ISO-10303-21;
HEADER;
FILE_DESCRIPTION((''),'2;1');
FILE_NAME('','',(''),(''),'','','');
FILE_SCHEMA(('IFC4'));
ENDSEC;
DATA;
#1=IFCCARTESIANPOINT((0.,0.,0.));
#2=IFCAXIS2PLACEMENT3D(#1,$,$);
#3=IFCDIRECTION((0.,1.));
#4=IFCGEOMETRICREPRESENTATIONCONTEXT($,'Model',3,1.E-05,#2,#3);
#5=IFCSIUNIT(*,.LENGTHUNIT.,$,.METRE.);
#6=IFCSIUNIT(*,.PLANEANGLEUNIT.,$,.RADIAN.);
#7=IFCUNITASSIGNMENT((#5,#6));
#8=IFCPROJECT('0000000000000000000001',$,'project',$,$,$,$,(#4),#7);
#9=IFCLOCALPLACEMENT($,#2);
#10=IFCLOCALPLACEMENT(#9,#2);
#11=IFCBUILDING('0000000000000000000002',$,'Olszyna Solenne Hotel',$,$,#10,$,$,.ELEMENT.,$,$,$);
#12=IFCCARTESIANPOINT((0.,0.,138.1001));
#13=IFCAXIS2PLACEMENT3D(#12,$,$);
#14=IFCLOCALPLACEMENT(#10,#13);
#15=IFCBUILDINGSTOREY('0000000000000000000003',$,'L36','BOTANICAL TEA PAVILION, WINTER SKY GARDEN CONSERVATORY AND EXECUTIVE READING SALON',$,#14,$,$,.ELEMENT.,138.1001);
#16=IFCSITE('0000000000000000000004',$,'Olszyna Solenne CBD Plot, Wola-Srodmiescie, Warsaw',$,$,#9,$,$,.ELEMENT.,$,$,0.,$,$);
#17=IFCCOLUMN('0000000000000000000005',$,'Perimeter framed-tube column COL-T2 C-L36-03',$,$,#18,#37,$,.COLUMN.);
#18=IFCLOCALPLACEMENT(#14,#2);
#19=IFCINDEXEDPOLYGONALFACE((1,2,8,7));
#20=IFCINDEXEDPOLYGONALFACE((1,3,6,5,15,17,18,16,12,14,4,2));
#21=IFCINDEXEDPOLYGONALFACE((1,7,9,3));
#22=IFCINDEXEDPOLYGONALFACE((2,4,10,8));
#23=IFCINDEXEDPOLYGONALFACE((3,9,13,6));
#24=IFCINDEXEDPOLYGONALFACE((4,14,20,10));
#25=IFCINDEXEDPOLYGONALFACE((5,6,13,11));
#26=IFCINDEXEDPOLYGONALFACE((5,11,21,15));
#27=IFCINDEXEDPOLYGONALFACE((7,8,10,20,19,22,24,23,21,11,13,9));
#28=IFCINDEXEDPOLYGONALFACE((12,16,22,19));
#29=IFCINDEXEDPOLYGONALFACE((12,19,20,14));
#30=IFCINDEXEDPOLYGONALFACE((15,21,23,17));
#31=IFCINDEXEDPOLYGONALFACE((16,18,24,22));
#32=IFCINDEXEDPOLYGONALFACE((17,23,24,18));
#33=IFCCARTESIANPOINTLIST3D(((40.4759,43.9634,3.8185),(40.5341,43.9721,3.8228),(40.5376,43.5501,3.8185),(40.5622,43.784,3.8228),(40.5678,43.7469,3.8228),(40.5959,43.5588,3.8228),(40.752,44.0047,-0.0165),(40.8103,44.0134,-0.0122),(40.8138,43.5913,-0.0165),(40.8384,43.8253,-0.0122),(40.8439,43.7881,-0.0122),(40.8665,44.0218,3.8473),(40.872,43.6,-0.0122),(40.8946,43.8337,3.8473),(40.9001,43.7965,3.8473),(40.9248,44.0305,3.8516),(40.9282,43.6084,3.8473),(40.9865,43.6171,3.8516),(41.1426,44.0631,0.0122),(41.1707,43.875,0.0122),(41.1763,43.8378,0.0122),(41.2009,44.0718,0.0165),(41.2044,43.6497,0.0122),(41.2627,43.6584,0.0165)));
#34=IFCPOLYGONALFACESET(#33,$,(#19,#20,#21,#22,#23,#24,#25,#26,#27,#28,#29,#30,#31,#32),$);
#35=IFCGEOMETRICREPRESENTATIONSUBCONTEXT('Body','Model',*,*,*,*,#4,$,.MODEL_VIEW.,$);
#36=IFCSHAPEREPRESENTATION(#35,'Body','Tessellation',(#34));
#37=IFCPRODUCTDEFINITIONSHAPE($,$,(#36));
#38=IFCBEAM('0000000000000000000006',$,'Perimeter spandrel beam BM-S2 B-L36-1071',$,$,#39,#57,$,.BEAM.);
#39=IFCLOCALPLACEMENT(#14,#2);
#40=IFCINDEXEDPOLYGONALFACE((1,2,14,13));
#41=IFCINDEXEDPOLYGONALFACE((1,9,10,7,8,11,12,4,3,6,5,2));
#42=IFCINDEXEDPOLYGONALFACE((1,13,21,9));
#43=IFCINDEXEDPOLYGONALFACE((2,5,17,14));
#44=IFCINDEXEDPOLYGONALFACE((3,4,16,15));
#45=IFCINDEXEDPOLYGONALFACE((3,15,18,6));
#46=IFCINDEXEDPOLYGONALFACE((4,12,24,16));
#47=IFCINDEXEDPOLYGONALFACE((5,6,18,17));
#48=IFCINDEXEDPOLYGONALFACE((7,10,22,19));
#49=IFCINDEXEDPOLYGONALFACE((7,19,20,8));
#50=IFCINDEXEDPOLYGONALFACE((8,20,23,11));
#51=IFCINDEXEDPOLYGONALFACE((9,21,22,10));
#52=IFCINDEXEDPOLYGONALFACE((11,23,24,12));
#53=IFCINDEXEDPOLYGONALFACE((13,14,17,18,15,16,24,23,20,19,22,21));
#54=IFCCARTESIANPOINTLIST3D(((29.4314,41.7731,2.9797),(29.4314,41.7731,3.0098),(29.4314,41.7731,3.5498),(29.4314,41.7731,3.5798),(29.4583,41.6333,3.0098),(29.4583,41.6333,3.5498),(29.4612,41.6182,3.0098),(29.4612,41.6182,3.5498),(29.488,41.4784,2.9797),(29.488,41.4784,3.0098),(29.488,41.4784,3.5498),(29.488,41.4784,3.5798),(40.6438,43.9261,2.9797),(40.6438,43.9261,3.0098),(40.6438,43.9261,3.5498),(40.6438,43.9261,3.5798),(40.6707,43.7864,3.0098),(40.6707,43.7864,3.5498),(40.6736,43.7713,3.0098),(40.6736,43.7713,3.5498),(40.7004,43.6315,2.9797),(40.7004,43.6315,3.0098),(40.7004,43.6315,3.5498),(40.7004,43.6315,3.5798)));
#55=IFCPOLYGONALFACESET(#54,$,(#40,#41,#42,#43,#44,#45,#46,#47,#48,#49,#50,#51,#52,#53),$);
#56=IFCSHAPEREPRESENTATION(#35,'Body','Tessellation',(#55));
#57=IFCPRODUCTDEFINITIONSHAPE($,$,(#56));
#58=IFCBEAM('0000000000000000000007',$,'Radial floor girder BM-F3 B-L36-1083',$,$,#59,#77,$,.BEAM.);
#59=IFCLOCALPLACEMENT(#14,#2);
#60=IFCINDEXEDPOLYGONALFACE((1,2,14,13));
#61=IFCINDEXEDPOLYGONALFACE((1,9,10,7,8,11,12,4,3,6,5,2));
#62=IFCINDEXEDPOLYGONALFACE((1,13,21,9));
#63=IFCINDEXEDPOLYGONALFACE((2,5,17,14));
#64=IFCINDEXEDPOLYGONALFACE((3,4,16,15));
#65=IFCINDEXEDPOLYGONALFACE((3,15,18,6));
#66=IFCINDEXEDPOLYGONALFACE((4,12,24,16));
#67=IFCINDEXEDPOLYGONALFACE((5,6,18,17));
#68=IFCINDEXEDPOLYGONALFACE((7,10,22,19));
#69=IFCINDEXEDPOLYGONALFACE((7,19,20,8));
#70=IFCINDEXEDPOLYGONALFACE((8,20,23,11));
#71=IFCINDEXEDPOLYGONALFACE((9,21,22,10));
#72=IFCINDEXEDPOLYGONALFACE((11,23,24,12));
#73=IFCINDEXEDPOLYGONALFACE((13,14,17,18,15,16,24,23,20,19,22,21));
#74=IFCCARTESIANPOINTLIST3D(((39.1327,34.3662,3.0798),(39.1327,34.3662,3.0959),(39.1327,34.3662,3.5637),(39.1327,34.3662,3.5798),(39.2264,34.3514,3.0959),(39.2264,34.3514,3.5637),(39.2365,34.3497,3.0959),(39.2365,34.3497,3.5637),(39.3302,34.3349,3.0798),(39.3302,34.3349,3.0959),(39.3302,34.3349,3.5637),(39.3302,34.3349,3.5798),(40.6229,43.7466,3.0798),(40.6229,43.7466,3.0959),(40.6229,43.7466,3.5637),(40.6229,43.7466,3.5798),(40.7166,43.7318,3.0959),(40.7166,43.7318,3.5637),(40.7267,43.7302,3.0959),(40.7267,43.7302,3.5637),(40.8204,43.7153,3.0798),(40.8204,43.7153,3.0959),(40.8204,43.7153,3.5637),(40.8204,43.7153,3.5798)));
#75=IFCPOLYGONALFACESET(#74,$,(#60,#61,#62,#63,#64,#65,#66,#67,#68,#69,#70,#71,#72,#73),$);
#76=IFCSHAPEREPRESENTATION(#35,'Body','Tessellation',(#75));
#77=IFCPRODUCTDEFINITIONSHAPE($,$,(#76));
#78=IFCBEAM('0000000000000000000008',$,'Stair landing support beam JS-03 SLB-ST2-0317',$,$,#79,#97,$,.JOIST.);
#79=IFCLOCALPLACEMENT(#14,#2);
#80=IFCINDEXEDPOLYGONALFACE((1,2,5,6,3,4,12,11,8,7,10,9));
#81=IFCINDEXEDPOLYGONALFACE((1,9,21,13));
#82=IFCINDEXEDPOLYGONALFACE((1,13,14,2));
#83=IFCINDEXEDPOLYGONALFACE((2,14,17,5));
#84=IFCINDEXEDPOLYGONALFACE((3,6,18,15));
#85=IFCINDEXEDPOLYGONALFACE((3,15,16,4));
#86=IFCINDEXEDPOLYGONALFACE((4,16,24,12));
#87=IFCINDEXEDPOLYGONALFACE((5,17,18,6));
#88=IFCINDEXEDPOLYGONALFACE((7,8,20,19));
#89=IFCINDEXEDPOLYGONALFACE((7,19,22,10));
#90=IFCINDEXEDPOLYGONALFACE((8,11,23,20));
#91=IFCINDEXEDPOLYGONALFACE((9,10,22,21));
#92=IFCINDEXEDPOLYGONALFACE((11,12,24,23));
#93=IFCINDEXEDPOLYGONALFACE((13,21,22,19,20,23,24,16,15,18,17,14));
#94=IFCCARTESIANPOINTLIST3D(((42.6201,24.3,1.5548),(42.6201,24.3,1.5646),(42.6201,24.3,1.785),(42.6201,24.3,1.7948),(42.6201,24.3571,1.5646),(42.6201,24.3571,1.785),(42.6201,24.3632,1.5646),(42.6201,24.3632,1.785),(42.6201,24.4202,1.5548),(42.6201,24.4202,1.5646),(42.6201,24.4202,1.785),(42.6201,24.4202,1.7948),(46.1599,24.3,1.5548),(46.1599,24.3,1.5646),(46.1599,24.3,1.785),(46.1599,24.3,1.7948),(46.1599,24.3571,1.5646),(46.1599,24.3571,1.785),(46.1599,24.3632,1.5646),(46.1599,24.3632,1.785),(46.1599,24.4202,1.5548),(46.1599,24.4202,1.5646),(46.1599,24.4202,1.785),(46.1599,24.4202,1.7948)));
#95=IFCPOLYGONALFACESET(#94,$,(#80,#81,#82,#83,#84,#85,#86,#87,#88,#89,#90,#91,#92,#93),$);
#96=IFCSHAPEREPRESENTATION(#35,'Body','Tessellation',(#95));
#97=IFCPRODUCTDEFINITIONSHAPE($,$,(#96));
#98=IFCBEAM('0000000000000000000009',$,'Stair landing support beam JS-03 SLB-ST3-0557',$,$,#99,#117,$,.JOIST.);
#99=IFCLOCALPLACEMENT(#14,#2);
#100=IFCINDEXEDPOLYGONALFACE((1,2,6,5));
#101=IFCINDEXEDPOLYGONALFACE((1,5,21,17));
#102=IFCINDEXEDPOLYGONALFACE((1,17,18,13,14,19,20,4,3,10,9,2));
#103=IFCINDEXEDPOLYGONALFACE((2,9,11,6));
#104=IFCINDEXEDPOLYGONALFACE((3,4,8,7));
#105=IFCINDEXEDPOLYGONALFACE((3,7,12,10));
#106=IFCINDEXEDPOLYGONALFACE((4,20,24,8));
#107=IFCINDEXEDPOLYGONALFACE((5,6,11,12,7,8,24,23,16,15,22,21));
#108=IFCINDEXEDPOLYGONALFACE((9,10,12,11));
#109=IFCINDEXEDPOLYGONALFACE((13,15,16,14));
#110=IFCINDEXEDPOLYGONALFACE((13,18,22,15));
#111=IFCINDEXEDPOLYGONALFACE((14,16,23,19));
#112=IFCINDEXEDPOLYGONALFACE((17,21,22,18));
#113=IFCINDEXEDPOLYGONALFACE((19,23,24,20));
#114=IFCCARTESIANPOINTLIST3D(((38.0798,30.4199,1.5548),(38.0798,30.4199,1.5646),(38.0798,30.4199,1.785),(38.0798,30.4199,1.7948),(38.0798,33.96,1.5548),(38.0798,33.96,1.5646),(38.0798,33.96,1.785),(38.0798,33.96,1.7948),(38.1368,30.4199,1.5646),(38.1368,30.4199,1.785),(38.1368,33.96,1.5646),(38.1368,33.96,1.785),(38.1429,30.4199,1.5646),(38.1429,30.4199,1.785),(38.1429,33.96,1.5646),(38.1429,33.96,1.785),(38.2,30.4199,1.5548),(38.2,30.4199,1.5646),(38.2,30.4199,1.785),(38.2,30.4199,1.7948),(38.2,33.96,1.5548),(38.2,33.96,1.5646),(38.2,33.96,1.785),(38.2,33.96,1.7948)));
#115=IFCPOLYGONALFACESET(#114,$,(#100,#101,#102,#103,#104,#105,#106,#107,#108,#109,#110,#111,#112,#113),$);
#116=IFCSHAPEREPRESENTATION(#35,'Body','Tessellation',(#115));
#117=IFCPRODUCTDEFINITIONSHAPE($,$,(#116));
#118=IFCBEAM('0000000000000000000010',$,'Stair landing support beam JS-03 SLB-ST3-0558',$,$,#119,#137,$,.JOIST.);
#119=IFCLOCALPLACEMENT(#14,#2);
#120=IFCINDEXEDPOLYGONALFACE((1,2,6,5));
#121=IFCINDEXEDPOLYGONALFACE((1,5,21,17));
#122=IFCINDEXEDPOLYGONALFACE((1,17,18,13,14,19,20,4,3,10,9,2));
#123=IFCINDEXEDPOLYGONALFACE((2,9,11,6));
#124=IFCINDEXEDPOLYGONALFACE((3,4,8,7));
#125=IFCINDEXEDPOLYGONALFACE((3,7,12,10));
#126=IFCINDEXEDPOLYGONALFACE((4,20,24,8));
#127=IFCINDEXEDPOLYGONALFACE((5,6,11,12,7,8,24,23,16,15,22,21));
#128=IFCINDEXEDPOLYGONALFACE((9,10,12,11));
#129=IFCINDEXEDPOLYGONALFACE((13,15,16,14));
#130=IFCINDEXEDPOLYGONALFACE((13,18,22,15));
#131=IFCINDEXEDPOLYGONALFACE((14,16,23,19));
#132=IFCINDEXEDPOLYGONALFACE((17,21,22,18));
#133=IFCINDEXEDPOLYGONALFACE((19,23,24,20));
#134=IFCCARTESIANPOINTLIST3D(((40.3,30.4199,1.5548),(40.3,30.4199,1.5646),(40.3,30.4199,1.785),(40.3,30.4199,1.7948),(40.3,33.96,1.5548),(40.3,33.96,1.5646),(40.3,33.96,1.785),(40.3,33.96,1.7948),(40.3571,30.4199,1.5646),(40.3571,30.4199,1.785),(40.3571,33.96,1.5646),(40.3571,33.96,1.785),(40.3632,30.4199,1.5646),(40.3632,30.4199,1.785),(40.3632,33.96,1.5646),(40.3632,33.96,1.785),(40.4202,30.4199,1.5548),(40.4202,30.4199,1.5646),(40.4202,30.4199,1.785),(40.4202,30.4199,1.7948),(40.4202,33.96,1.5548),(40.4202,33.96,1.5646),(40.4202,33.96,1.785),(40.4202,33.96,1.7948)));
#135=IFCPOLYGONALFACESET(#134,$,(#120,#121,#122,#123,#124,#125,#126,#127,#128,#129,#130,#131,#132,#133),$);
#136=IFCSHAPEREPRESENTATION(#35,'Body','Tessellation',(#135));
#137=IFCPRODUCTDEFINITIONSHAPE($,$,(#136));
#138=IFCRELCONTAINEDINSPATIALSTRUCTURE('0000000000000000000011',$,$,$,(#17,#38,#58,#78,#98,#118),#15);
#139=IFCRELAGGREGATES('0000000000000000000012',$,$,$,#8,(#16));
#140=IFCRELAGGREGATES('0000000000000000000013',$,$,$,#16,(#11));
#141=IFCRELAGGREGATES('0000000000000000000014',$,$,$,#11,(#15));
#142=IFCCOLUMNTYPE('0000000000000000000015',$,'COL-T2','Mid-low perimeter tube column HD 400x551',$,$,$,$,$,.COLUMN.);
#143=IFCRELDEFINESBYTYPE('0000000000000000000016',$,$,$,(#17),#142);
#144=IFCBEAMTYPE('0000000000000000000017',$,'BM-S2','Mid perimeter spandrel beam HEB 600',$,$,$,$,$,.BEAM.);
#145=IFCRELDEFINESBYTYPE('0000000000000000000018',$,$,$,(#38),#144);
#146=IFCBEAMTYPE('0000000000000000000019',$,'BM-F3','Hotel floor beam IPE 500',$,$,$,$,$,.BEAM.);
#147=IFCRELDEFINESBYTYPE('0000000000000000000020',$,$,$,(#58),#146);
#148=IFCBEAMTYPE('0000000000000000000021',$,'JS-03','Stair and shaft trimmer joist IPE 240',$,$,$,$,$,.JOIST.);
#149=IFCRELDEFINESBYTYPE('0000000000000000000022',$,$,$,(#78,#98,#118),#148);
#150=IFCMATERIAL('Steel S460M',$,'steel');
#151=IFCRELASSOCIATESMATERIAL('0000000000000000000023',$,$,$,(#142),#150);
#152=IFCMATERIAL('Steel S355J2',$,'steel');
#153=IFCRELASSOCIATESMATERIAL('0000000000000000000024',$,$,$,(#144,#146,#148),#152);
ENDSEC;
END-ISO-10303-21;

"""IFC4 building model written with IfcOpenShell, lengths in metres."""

from ifc_helpers import new_model, si_unit, direction, frame, origin, origin_2d, place, context, subcontext, project, spatial, i_section, extrude, source, transform, mapped, material, material_profile, profile_set, type_object, element, save


model = new_model("IFC4")

# Units and contexts
model_context = context("Model", 3, precision=1e-05, world=origin(), true_north=direction((0.0, 1.0)))
body_context = subcontext(model_context, "Body", "Model", "MODEL_VIEW")
ifc_project = project(units=[si_unit("LENGTHUNIT", "METRE"), si_unit("PLANEANGLEUNIT", "RADIAN")], contexts=[model_context])

# Site, building, storey
site_placement = place(None, origin())
site = spatial("IfcSite", under=ifc_project, at=site_placement, Name="Olszyna Solenne CBD Plot, Wola-Srodmiescie, Warsaw", CompositionType="ELEMENT", RefElevation=0.0)
building_placement = place(site_placement, origin())
building = spatial("IfcBuilding", under=site, at=building_placement, Name="Olszyna Solenne Hotel", CompositionType="ELEMENT")
storey_placement = place(building_placement, frame((0.0, 0.0, 138.1001)))
storey = spatial("IfcBuildingStorey", under=building, at=storey_placement, Name="L36", Description="BOTANICAL TEA PAVILION, WINTER SKY GARDEN CONSERVATORY AND EXECUTIVE READING SALON", CompositionType="ELEMENT", Elevation=138.1001)

# Column
ifc_material_1 = material(Name="Steel S460M", Category="steel")
ifc_material_profile_1 = material_profile(ifc_material_1, i_section(OverallWidth=0.418, OverallDepth=0.4551, WebThickness=0.0376, FlangeThickness=0.0591, at=origin_2d()), Name="HD 400x551", Category="load-bearing")
ifc_profile_set_1 = profile_set([ifc_material_profile_1], Name="Steel S460M")
column_type = type_object("IfcColumnType", Name="COL-T2", Description="Mid-low perimeter tube column HD 400x551", PredefinedType="COLUMN", material=ifc_profile_set_1)
shared_shape_1 = source(origin(), body_context, "Body", "SweptSolid", [
    extrude(i_section(OverallWidth=0.418, OverallDepth=0.4551, WebThickness=0.0376, FlangeThickness=0.0591, at=origin_2d()), origin(), (0.0, 0.0, 1.0), 3.8452),
])
column_placement = place(storey_placement, frame((41.0073, 43.8315, 0.0), z_axis=(-0.071811, -0.01073, 0.997361), x_axis=(0.147785, -0.98902, 0.0)))
element("IfcColumn", 1, at=column_placement, inside=storey, type_object=column_type, Name="Perimeter framed-tube column COL-T2 C-L36-03", PredefinedType="COLUMN", context=body_context, shape_type="MappedRepresentation", body=[
    mapped(shared_shape_1, transform((0.0, 0.0, 0.0), x_axis=(1.0, 0.0, 0.0), y_axis=(0.0, 1.0, 0.0), z_axis=(0.0, 0.0, 1.0), scale=1.0)),
])

# Beams
ifc_material_2 = material(Name="Steel S355J2", Category="steel")
ifc_material_profile_2 = material_profile(ifc_material_2, i_section(OverallWidth=0.3, OverallDepth=0.6001, WebThickness=0.0154, FlangeThickness=0.03, at=origin_2d()), Name="HEB 600", Category="load-bearing")
ifc_profile_set_2 = profile_set([ifc_material_profile_2], Name="Steel S355J2")
beam_type_1 = type_object("IfcBeamType", Name="BM-S2", Description="Mid perimeter spandrel beam HEB 600", PredefinedType="BEAM", material=ifc_profile_set_2)
shared_shape_2 = source(origin(), body_context, "Body", "SweptSolid", [
    extrude(i_section(OverallWidth=0.3, OverallDepth=0.6001, WebThickness=0.0154, FlangeThickness=0.03, at=origin_2d()), origin(), (0.0, 0.0, 1.0), 11.4172),
])
beam_1_placement = place(storey_placement, frame((40.6721, 43.7788, 3.2798), z_axis=(-0.982058, -0.188581, 0.0), x_axis=(0.188581, -0.982058, 0.0)))
element("IfcBeam", 2, at=beam_1_placement, inside=storey, type_object=beam_type_1, Name="Perimeter spandrel beam BM-S2 B-L36-1071", PredefinedType="BEAM", context=body_context, shape_type="MappedRepresentation", body=[
    mapped(shared_shape_2, transform((0.0, 0.0, 0.0), x_axis=(1.0, 0.0, 0.0), y_axis=(0.0, 1.0, 0.0), z_axis=(0.0, 0.0, 1.0), scale=1.0)),
])
ifc_material_profile_3 = material_profile(ifc_material_2, i_section(OverallWidth=0.2, OverallDepth=0.5, WebThickness=0.0103, FlangeThickness=0.0161, at=origin_2d()), Name="IPE 500", Category="load-bearing")
ifc_profile_set_3 = profile_set([ifc_material_profile_3], Name="Steel S355J2")
beam_type_2 = type_object("IfcBeamType", Name="BM-F3", Description="Hotel floor beam IPE 500", PredefinedType="BEAM", material=ifc_profile_set_3)
shared_shape_3 = source(origin(), body_context, "Body", "SweptSolid", [
    extrude(i_section(OverallWidth=0.2, OverallDepth=0.5, WebThickness=0.0103, FlangeThickness=0.0161, at=origin_2d()), origin(), (0.0, 0.0, 1.0), 9.498),
])
beam_2_placement = place(storey_placement, frame((40.7217, 43.731, 3.3298), z_axis=(-0.1569, -0.987615, 0.0), x_axis=(0.987615, -0.1569, 0.0)))
element("IfcBeam", 3, at=beam_2_placement, inside=storey, type_object=beam_type_2, Name="Radial floor girder BM-F3 B-L36-1083", PredefinedType="BEAM", context=body_context, shape_type="MappedRepresentation", body=[
    mapped(shared_shape_3, transform((0.0, 0.0, 0.0), x_axis=(1.0, 0.0, 0.0), y_axis=(0.0, 1.0, 0.0), z_axis=(0.0, 0.0, 1.0), scale=1.0)),
])
ifc_material_profile_4 = material_profile(ifc_material_2, i_section(OverallWidth=0.1201, OverallDepth=0.24, WebThickness=0.0061, FlangeThickness=0.0098, at=origin_2d()), Name="IPE 240", Category="load-bearing")
ifc_profile_set_4 = profile_set([ifc_material_profile_4], Name="Steel S355J2")
beam_type_3 = type_object("IfcBeamType", Name="JS-03", Description="Stair and shaft trimmer joist IPE 240", PredefinedType="JOIST", material=ifc_profile_set_4)
shared_shape_4 = source(origin(), body_context, "Body", "SweptSolid", [
    extrude(i_section(OverallWidth=0.1201, OverallDepth=0.24, WebThickness=0.0061, FlangeThickness=0.0098, at=origin_2d()), origin(), (0.0, 0.0, 1.0), 3.5398),
])
beam_3_placement = place(storey_placement, frame((46.1599, 24.3601, 1.6748), z_axis=(-1.0, 0.0, 0.0), x_axis=(0.0, -1.0, 0.0)))
element("IfcBeam", 4, at=beam_3_placement, inside=storey, type_object=beam_type_3, Name="Stair landing support beam JS-03 SLB-ST2-0317", PredefinedType="JOIST", context=body_context, shape_type="MappedRepresentation", body=[
    mapped(shared_shape_4, transform((0.0, 0.0, 0.0), x_axis=(1.0, 0.0, 0.0), y_axis=(0.0, 1.0, 0.0), z_axis=(0.0, 0.0, 1.0), scale=1.0)),
])
shared_shape_5 = source(origin(), body_context, "Body", "SweptSolid", [
    extrude(i_section(OverallWidth=0.1201, OverallDepth=0.24, WebThickness=0.0061, FlangeThickness=0.0098, at=origin_2d()), origin(), (0.0, 0.0, 1.0), 3.54),
])
for number, where, z_axis, x_axis, name in (
    (5, (38.1399, 30.4199, 1.6748), (0.0, 1.0, 0.0), (-1.0, 0.0, 0.0), "Stair landing support beam JS-03 SLB-ST3-0557"),
    (6, (40.3601, 30.4199, 1.6748), (0.0, 1.0, 0.0), (-1.0, 0.0, 0.0), "Stair landing support beam JS-03 SLB-ST3-0558"),
):
    element("IfcBeam", number, at=place(storey_placement, frame(where, z_axis=z_axis, x_axis=x_axis)), inside=storey, type_object=beam_type_3, Name=name, PredefinedType="JOIST", context=body_context, shape_type="MappedRepresentation", body=[
        mapped(shared_shape_5, transform((0.0, 0.0, 0.0), x_axis=(1.0, 0.0, 0.0), y_axis=(0.0, 1.0, 0.0), z_axis=(0.0, 0.0, 1.0), scale=1.0)),
    ])

save(model, "model.ifc")
